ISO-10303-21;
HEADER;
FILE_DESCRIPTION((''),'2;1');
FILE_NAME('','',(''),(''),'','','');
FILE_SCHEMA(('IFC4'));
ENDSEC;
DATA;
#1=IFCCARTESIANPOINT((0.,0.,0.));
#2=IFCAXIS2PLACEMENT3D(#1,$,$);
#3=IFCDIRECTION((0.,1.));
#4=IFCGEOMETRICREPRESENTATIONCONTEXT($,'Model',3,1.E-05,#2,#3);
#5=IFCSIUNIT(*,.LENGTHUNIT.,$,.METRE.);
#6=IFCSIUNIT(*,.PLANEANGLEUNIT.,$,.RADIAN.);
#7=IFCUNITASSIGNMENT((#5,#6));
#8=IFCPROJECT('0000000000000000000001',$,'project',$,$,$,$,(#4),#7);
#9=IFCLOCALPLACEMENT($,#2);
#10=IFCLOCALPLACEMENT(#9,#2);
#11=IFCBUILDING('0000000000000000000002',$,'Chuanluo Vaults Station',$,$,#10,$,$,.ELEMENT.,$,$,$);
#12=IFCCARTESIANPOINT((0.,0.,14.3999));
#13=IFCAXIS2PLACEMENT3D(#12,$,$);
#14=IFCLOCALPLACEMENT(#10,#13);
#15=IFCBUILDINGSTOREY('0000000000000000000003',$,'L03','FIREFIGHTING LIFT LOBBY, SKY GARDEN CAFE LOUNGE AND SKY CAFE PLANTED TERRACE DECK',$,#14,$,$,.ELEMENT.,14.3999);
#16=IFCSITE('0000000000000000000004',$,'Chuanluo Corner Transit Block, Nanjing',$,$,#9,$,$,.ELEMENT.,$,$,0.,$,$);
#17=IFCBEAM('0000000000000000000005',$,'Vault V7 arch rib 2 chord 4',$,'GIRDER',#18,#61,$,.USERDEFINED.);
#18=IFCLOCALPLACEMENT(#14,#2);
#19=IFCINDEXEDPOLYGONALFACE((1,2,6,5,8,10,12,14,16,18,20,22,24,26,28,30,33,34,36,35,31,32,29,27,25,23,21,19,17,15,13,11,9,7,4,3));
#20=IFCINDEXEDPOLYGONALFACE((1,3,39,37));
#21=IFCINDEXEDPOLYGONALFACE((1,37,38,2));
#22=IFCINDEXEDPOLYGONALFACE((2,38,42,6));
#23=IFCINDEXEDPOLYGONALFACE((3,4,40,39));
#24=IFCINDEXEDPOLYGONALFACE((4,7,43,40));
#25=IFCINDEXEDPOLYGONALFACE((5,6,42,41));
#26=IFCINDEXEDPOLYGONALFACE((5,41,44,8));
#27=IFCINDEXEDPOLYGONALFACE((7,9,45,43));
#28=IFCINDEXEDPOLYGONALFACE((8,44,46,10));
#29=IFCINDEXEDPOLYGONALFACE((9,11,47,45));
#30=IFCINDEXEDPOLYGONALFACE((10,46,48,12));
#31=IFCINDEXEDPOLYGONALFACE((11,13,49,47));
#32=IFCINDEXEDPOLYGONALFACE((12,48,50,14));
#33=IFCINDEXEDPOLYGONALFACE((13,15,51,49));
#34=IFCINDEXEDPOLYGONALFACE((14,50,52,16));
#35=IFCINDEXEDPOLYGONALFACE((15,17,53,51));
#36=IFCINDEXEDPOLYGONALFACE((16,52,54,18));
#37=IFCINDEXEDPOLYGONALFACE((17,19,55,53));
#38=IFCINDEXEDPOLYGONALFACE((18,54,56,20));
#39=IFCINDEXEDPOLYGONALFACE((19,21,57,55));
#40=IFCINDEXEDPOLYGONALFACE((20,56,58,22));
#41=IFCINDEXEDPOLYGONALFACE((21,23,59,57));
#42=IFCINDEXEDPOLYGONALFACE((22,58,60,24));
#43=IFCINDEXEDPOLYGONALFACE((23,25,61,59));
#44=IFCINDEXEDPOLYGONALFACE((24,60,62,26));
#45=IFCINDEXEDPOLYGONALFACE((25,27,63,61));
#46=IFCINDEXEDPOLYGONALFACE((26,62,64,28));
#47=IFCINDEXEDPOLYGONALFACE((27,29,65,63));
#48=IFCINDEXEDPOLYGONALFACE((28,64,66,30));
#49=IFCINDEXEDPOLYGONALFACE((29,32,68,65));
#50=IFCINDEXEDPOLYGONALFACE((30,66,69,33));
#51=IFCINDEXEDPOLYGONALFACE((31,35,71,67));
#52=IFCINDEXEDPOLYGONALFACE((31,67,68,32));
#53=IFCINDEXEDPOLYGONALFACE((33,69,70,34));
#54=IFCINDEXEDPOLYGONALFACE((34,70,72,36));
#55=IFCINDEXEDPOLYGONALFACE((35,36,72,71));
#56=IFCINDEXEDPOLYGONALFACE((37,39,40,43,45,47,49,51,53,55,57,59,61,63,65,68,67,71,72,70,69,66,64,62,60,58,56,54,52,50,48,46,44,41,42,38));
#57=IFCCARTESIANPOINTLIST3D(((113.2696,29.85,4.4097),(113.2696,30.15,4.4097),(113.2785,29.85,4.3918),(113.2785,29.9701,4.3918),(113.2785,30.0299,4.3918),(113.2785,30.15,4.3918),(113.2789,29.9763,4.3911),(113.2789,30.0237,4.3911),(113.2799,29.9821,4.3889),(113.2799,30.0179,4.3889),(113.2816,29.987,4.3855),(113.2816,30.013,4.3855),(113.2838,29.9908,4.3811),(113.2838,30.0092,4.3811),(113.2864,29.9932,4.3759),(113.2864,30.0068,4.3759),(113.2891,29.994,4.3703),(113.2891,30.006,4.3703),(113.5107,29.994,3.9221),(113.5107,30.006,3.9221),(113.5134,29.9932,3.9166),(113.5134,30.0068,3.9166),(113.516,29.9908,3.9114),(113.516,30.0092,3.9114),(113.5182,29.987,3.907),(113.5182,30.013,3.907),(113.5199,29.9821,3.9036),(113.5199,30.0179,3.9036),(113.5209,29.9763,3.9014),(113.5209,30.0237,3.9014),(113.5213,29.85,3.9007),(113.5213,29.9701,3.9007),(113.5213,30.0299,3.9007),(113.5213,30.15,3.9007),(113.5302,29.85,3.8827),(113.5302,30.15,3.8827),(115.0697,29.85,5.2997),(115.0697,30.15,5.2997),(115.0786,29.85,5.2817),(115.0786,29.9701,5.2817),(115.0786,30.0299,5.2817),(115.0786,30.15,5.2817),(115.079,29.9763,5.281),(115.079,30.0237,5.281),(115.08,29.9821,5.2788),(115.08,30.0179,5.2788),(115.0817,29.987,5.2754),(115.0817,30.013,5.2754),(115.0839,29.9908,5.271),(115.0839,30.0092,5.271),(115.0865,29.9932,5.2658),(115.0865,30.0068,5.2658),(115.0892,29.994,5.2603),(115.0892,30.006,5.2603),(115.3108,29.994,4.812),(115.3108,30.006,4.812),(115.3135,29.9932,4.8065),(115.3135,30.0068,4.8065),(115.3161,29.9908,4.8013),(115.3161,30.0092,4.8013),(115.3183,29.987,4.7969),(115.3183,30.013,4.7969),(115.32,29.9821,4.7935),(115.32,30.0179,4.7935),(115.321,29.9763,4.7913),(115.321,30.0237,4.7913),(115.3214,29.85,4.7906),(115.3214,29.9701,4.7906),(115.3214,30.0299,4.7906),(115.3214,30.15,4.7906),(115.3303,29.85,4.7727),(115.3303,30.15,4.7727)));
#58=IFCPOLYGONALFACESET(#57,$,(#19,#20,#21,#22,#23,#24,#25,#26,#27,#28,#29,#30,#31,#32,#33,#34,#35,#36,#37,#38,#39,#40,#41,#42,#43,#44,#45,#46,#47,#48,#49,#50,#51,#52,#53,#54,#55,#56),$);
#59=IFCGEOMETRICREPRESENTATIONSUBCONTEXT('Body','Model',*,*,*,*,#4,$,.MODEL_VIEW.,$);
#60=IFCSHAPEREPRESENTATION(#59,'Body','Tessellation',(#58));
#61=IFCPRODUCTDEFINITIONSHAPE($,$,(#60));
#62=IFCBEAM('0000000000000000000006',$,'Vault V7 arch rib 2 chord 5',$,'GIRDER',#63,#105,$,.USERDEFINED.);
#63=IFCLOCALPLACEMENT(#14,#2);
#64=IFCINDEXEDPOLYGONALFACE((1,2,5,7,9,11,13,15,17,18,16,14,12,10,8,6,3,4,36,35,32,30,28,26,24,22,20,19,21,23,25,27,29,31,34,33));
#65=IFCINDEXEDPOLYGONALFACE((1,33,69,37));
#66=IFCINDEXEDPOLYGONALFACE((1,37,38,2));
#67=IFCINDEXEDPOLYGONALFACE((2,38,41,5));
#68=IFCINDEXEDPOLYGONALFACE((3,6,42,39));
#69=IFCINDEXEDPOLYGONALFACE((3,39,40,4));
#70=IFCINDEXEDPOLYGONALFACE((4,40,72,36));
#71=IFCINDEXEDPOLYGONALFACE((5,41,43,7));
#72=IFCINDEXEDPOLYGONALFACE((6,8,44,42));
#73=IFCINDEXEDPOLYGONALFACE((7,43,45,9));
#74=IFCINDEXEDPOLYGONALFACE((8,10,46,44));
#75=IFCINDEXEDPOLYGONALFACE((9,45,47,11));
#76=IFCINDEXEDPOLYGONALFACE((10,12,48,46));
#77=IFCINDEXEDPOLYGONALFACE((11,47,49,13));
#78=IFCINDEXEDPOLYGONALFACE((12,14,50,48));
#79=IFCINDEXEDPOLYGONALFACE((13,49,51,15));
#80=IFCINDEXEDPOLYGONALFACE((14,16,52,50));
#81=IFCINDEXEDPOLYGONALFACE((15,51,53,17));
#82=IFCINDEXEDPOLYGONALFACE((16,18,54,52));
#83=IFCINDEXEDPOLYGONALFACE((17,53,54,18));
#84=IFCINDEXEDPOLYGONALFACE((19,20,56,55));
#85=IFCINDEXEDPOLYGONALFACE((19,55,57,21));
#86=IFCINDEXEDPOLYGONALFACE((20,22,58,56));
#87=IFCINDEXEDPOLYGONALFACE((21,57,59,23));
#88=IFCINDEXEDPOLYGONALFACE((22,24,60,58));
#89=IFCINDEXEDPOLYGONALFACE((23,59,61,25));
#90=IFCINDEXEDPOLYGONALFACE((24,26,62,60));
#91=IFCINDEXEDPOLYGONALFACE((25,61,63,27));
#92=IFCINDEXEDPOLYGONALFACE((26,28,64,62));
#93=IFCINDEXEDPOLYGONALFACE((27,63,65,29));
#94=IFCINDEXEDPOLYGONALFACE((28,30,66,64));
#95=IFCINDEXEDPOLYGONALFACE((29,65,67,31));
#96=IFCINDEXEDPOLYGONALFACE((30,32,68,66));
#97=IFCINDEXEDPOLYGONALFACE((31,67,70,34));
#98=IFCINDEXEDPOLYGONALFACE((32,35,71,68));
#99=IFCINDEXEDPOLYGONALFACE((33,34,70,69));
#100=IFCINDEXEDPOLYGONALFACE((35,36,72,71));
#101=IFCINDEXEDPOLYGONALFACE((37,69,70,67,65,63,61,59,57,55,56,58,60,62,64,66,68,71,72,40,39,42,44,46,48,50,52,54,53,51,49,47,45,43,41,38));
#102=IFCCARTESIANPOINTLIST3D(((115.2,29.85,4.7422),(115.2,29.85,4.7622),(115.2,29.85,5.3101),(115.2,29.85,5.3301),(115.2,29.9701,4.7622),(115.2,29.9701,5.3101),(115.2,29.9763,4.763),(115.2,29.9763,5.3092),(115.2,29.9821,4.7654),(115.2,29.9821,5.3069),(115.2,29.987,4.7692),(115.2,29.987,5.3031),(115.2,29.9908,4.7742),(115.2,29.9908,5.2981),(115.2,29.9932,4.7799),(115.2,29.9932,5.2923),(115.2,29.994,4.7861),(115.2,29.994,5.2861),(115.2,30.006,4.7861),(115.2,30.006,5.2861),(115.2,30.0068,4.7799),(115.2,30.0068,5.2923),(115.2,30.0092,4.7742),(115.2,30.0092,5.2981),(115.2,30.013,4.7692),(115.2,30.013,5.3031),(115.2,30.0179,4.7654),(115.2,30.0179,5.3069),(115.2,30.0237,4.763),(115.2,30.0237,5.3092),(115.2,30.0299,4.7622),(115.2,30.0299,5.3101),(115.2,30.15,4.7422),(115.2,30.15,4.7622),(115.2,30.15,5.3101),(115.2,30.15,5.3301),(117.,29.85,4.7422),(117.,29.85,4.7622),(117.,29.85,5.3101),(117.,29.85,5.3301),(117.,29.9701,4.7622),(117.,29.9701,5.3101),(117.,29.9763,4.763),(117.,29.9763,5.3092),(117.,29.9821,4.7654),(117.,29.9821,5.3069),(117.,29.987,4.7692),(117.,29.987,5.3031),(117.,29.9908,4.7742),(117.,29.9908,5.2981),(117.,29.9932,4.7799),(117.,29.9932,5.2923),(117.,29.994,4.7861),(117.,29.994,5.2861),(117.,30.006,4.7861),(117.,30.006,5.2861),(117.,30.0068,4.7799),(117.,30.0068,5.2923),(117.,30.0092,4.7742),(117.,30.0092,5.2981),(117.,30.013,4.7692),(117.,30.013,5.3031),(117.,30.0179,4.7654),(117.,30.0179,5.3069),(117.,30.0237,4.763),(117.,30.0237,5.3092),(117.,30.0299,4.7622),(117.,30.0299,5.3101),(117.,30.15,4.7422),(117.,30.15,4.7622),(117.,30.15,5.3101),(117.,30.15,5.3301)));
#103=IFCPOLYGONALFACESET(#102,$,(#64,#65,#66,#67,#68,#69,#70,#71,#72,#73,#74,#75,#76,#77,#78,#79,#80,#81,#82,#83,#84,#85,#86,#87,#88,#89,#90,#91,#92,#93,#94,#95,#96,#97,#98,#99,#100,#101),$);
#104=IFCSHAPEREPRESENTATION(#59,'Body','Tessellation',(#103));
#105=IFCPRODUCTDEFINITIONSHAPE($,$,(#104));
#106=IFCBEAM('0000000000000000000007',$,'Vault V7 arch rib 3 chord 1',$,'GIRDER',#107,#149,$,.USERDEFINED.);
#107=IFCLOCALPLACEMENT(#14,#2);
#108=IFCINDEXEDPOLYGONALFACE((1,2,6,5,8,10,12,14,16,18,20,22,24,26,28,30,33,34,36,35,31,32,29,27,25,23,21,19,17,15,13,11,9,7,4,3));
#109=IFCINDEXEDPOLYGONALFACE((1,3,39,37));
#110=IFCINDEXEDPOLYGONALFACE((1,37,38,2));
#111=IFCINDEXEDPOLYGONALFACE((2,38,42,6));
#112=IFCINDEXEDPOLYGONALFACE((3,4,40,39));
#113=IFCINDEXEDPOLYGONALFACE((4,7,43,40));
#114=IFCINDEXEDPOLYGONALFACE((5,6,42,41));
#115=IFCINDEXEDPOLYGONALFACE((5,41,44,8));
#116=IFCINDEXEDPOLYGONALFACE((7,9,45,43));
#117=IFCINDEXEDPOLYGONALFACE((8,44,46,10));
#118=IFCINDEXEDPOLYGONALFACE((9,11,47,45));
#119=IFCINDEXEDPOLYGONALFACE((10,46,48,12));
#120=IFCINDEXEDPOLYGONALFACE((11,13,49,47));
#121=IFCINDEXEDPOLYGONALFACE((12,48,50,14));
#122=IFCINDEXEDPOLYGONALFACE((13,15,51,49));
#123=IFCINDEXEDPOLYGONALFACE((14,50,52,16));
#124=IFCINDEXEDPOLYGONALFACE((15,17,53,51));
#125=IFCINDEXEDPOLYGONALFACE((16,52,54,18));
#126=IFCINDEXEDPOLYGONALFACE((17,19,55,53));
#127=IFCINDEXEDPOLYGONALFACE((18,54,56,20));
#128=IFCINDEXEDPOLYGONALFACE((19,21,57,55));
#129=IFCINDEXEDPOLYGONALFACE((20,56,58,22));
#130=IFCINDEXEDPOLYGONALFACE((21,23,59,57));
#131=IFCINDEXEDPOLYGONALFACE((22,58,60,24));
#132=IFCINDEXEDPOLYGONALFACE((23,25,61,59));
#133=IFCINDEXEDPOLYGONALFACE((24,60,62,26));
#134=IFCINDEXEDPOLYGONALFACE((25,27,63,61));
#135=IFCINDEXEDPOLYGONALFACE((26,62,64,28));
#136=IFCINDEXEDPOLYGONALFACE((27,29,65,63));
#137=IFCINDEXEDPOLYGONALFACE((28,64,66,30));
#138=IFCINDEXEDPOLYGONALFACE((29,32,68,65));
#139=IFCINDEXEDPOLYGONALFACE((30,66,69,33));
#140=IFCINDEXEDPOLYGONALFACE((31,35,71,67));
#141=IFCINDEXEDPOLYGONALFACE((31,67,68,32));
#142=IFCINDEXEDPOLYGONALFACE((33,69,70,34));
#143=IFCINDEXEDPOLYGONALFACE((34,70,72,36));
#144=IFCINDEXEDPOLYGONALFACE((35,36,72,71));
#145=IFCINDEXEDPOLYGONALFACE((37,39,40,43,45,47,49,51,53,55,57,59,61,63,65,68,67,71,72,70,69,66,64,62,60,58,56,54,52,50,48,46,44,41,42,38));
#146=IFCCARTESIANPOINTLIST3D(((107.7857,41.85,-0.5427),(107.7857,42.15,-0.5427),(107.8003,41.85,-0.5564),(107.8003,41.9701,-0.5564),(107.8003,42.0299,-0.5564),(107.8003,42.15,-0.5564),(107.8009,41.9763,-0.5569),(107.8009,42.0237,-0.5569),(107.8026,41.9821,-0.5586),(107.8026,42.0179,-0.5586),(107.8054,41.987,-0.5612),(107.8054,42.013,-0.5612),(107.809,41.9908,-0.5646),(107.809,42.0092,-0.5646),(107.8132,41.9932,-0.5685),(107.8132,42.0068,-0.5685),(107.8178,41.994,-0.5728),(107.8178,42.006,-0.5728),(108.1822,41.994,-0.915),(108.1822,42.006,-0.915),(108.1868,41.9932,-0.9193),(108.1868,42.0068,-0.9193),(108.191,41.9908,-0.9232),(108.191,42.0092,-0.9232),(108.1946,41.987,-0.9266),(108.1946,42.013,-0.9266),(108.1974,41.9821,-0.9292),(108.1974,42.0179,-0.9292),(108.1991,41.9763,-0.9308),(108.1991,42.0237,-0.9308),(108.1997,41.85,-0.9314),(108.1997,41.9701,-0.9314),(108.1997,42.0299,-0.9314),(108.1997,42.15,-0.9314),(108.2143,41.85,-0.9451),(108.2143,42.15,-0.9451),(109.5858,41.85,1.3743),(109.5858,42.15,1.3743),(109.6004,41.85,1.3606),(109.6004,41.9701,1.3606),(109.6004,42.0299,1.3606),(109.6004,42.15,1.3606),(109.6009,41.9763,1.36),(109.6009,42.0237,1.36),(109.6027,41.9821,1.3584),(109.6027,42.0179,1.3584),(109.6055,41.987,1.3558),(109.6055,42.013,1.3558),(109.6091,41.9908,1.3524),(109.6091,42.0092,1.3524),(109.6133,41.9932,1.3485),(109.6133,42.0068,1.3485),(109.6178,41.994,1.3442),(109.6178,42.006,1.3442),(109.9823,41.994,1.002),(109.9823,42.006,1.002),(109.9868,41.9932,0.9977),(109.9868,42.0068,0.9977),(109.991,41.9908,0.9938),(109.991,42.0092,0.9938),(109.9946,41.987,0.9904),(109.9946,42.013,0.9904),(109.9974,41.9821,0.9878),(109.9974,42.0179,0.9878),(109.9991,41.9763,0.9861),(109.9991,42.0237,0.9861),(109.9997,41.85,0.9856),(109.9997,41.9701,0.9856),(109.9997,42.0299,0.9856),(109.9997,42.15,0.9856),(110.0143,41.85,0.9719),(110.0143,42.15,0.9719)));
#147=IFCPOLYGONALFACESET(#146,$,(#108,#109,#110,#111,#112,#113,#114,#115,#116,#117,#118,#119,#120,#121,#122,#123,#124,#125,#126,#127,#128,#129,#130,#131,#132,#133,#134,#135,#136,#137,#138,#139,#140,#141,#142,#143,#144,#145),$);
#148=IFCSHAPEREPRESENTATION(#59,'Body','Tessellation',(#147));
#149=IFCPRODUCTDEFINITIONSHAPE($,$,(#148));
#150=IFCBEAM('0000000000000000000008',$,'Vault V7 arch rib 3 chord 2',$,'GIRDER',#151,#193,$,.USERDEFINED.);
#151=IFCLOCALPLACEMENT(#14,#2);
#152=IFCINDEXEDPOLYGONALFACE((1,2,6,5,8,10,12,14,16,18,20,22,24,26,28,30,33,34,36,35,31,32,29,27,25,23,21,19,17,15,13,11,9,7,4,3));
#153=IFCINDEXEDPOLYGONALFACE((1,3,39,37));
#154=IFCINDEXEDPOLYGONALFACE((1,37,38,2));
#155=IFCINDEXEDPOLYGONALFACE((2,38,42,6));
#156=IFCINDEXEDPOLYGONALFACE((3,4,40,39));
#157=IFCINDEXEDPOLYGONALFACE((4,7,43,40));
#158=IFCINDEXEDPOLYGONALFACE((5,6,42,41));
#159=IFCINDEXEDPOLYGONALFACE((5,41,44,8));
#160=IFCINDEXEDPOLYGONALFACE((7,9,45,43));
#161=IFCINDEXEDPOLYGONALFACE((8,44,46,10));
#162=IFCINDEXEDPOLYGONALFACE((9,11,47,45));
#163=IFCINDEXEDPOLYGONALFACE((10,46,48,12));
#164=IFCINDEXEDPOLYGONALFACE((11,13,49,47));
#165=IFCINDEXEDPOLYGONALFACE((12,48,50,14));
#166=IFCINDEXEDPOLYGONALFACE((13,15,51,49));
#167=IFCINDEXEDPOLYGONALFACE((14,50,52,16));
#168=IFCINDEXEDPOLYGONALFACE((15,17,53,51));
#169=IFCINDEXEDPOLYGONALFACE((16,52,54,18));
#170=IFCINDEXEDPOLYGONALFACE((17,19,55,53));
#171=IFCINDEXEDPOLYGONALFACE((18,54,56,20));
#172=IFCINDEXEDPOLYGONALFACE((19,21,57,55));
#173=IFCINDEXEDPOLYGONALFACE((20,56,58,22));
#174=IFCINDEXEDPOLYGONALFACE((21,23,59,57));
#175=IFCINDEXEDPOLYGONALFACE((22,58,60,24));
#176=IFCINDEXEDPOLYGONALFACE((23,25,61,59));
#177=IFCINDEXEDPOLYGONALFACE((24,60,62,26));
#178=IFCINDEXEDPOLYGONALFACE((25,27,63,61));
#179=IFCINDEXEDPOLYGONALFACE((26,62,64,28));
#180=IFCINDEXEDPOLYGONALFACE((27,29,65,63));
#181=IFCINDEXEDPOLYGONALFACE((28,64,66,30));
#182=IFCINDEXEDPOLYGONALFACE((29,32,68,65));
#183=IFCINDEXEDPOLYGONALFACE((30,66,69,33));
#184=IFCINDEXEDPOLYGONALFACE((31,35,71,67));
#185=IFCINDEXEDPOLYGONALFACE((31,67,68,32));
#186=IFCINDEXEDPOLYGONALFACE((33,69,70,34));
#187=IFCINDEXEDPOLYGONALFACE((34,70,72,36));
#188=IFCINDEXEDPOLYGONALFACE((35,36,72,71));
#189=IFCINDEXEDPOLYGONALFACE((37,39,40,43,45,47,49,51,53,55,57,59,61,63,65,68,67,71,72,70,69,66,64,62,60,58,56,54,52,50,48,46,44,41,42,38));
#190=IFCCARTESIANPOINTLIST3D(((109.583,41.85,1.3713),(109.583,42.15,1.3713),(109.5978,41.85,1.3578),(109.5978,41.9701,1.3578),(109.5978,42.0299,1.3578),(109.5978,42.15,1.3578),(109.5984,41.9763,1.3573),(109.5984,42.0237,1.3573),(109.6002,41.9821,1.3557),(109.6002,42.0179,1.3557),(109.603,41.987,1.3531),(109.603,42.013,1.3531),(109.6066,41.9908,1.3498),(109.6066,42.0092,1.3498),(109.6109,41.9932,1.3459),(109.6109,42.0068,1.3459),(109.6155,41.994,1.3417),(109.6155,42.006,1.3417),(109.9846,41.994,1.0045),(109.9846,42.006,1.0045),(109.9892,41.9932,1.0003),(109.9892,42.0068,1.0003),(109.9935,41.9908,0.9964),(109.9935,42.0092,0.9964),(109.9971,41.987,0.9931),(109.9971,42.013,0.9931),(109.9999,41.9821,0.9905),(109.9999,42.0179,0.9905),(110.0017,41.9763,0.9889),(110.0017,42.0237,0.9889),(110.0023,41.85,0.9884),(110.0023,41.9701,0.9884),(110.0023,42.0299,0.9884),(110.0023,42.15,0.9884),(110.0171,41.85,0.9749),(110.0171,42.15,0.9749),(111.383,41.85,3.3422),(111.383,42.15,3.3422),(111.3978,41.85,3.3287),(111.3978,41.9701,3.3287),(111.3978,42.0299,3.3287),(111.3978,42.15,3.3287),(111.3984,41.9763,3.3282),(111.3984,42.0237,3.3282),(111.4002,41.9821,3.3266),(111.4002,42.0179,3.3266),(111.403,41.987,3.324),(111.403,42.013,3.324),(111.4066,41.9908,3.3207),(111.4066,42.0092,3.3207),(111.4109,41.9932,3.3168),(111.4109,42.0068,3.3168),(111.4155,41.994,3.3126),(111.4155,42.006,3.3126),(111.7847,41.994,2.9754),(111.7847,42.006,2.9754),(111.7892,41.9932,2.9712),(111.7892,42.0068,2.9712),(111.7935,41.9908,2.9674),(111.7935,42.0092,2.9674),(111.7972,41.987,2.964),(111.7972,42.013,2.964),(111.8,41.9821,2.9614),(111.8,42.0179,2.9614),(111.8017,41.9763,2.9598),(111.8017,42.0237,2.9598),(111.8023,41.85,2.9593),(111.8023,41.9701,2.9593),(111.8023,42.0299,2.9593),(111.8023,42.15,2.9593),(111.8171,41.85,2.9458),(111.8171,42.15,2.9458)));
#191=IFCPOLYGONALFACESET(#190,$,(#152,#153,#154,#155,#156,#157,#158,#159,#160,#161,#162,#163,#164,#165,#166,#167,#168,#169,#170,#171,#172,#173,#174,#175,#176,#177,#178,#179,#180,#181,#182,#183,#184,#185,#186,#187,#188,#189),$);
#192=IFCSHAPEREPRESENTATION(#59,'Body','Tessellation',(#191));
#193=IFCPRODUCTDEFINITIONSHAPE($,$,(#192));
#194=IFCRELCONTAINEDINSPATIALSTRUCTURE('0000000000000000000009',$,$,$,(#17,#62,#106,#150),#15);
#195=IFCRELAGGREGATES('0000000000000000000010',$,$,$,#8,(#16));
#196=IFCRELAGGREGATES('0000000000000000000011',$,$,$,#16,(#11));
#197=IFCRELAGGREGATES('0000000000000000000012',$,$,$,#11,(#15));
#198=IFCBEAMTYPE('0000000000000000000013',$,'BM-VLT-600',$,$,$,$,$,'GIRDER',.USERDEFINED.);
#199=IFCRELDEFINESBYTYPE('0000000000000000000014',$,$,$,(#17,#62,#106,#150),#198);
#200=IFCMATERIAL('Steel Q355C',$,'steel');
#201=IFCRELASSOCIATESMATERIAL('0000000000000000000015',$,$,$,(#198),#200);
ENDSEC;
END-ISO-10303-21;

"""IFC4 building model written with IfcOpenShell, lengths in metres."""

from ifc_helpers import new_model, si_unit, direction, frame, origin, origin_2d, place, context, subcontext, project, spatial, i_section, extrude, material, material_profile, profile_set, type_object, element, save


model = new_model("IFC4")

# Units and contexts
model_context = context("Model", 3, precision=1e-05, world=origin(), true_north=direction((0.0, 1.0)))
body_context = subcontext(model_context, "Body", "Model", "MODEL_VIEW")
ifc_project = project(units=[si_unit("LENGTHUNIT", "METRE"), si_unit("PLANEANGLEUNIT", "RADIAN")], contexts=[model_context])

# Site, building, storey
site_placement = place(None, origin())
site = spatial("IfcSite", under=ifc_project, at=site_placement, Name="Chuanluo Corner Transit Block, Nanjing", CompositionType="ELEMENT", RefElevation=0.0)
building_placement = place(site_placement, origin())
building = spatial("IfcBuilding", under=site, at=building_placement, Name="Chuanluo Vaults Station", CompositionType="ELEMENT")
storey_placement = place(building_placement, frame((0.0, 0.0, 14.3999)))
storey = spatial("IfcBuildingStorey", under=building, at=storey_placement, Name="L03", Description="FIREFIGHTING LIFT LOBBY, SKY GARDEN CAFE LOUNGE AND SKY CAFE PLANTED TERRACE DECK", CompositionType="ELEMENT", Elevation=14.3999)

# Beams
ifc_material_1 = material(Name="Steel Q355C", Category="steel")
ifc_material_profile_1 = material_profile(ifc_material_1, i_section(OverallWidth=0.3, OverallDepth=0.5879, WebThickness=0.012, FlangeThickness=0.02, FilletRadius=0.0239, at=origin_2d()))
ifc_profile_set_1 = profile_set([ifc_material_profile_1], Name="Steel Q355C")
beam_type_1 = type_object("IfcBeamType", Name="BM-VLT-600", ElementType="GIRDER", PredefinedType="USERDEFINED", material=ifc_profile_set_1)
beam_1_placement = place(storey_placement, frame((113.3999, 30.0, 4.1462), z_axis=(0.896436, 0.0, 0.443172), x_axis=(0.0, 1.0, 0.0)))
element("IfcBeam", 1, at=beam_1_placement, inside=storey, type_object=beam_type_1, Name="Vault V7 arch rib 2 chord 4", ObjectType="GIRDER", PredefinedType="USERDEFINED", context=body_context, shape_type="SweptSolid", body=[
    extrude(i_section(OverallWidth=0.3, OverallDepth=0.5879, WebThickness=0.012, FlangeThickness=0.02, FilletRadius=0.0239, at=origin_2d()), origin(), (0.0, 0.0, 1.0), 2.0081),
])
beam_2_placement = place(storey_placement, frame((115.2, 30.0, 5.0361), z_axis=(1.0, 0.0, 0.0), x_axis=(0.0, 1.0, 0.0)))
element("IfcBeam", 2, at=beam_2_placement, inside=storey, type_object=beam_type_1, Name="Vault V7 arch rib 2 chord 5", ObjectType="GIRDER", PredefinedType="USERDEFINED", context=body_context, shape_type="SweptSolid", body=[
    extrude(i_section(OverallWidth=0.3, OverallDepth=0.5879, WebThickness=0.012, FlangeThickness=0.02, FilletRadius=0.0239, at=origin_2d()), origin(), (0.0, 0.0, 1.0), 1.8),
])
beam_3_placement = place(storey_placement, frame((108.0, 42.0, -0.7439), z_axis=(0.684522, 0.0, 0.728993), x_axis=(0.0, 1.0, 0.0)))
element("IfcBeam", 3, at=beam_3_placement, inside=storey, type_object=beam_type_1, Name="Vault V7 arch rib 3 chord 1", ObjectType="GIRDER", PredefinedType="USERDEFINED", context=body_context, shape_type="SweptSolid", body=[
    extrude(i_section(OverallWidth=0.3, OverallDepth=0.5879, WebThickness=0.012, FlangeThickness=0.02, FilletRadius=0.0239, at=origin_2d()), origin(), (0.0, 0.0, 1.0), 2.6296),
])
beam_4_placement = place(storey_placement, frame((109.8, 42.0, 1.1731), z_axis=(0.674369, 0.0, 0.738394), x_axis=(0.0, 1.0, 0.0)))
element("IfcBeam", 4, at=beam_4_placement, inside=storey, type_object=beam_type_1, Name="Vault V7 arch rib 3 chord 2", ObjectType="GIRDER", PredefinedType="USERDEFINED", context=body_context, shape_type="SweptSolid", body=[
    extrude(i_section(OverallWidth=0.3, OverallDepth=0.5879, WebThickness=0.012, FlangeThickness=0.02, FilletRadius=0.0239, at=origin_2d()), origin(), (0.0, 0.0, 1.0), 2.6692),
])

save(model, "model.ifc")
